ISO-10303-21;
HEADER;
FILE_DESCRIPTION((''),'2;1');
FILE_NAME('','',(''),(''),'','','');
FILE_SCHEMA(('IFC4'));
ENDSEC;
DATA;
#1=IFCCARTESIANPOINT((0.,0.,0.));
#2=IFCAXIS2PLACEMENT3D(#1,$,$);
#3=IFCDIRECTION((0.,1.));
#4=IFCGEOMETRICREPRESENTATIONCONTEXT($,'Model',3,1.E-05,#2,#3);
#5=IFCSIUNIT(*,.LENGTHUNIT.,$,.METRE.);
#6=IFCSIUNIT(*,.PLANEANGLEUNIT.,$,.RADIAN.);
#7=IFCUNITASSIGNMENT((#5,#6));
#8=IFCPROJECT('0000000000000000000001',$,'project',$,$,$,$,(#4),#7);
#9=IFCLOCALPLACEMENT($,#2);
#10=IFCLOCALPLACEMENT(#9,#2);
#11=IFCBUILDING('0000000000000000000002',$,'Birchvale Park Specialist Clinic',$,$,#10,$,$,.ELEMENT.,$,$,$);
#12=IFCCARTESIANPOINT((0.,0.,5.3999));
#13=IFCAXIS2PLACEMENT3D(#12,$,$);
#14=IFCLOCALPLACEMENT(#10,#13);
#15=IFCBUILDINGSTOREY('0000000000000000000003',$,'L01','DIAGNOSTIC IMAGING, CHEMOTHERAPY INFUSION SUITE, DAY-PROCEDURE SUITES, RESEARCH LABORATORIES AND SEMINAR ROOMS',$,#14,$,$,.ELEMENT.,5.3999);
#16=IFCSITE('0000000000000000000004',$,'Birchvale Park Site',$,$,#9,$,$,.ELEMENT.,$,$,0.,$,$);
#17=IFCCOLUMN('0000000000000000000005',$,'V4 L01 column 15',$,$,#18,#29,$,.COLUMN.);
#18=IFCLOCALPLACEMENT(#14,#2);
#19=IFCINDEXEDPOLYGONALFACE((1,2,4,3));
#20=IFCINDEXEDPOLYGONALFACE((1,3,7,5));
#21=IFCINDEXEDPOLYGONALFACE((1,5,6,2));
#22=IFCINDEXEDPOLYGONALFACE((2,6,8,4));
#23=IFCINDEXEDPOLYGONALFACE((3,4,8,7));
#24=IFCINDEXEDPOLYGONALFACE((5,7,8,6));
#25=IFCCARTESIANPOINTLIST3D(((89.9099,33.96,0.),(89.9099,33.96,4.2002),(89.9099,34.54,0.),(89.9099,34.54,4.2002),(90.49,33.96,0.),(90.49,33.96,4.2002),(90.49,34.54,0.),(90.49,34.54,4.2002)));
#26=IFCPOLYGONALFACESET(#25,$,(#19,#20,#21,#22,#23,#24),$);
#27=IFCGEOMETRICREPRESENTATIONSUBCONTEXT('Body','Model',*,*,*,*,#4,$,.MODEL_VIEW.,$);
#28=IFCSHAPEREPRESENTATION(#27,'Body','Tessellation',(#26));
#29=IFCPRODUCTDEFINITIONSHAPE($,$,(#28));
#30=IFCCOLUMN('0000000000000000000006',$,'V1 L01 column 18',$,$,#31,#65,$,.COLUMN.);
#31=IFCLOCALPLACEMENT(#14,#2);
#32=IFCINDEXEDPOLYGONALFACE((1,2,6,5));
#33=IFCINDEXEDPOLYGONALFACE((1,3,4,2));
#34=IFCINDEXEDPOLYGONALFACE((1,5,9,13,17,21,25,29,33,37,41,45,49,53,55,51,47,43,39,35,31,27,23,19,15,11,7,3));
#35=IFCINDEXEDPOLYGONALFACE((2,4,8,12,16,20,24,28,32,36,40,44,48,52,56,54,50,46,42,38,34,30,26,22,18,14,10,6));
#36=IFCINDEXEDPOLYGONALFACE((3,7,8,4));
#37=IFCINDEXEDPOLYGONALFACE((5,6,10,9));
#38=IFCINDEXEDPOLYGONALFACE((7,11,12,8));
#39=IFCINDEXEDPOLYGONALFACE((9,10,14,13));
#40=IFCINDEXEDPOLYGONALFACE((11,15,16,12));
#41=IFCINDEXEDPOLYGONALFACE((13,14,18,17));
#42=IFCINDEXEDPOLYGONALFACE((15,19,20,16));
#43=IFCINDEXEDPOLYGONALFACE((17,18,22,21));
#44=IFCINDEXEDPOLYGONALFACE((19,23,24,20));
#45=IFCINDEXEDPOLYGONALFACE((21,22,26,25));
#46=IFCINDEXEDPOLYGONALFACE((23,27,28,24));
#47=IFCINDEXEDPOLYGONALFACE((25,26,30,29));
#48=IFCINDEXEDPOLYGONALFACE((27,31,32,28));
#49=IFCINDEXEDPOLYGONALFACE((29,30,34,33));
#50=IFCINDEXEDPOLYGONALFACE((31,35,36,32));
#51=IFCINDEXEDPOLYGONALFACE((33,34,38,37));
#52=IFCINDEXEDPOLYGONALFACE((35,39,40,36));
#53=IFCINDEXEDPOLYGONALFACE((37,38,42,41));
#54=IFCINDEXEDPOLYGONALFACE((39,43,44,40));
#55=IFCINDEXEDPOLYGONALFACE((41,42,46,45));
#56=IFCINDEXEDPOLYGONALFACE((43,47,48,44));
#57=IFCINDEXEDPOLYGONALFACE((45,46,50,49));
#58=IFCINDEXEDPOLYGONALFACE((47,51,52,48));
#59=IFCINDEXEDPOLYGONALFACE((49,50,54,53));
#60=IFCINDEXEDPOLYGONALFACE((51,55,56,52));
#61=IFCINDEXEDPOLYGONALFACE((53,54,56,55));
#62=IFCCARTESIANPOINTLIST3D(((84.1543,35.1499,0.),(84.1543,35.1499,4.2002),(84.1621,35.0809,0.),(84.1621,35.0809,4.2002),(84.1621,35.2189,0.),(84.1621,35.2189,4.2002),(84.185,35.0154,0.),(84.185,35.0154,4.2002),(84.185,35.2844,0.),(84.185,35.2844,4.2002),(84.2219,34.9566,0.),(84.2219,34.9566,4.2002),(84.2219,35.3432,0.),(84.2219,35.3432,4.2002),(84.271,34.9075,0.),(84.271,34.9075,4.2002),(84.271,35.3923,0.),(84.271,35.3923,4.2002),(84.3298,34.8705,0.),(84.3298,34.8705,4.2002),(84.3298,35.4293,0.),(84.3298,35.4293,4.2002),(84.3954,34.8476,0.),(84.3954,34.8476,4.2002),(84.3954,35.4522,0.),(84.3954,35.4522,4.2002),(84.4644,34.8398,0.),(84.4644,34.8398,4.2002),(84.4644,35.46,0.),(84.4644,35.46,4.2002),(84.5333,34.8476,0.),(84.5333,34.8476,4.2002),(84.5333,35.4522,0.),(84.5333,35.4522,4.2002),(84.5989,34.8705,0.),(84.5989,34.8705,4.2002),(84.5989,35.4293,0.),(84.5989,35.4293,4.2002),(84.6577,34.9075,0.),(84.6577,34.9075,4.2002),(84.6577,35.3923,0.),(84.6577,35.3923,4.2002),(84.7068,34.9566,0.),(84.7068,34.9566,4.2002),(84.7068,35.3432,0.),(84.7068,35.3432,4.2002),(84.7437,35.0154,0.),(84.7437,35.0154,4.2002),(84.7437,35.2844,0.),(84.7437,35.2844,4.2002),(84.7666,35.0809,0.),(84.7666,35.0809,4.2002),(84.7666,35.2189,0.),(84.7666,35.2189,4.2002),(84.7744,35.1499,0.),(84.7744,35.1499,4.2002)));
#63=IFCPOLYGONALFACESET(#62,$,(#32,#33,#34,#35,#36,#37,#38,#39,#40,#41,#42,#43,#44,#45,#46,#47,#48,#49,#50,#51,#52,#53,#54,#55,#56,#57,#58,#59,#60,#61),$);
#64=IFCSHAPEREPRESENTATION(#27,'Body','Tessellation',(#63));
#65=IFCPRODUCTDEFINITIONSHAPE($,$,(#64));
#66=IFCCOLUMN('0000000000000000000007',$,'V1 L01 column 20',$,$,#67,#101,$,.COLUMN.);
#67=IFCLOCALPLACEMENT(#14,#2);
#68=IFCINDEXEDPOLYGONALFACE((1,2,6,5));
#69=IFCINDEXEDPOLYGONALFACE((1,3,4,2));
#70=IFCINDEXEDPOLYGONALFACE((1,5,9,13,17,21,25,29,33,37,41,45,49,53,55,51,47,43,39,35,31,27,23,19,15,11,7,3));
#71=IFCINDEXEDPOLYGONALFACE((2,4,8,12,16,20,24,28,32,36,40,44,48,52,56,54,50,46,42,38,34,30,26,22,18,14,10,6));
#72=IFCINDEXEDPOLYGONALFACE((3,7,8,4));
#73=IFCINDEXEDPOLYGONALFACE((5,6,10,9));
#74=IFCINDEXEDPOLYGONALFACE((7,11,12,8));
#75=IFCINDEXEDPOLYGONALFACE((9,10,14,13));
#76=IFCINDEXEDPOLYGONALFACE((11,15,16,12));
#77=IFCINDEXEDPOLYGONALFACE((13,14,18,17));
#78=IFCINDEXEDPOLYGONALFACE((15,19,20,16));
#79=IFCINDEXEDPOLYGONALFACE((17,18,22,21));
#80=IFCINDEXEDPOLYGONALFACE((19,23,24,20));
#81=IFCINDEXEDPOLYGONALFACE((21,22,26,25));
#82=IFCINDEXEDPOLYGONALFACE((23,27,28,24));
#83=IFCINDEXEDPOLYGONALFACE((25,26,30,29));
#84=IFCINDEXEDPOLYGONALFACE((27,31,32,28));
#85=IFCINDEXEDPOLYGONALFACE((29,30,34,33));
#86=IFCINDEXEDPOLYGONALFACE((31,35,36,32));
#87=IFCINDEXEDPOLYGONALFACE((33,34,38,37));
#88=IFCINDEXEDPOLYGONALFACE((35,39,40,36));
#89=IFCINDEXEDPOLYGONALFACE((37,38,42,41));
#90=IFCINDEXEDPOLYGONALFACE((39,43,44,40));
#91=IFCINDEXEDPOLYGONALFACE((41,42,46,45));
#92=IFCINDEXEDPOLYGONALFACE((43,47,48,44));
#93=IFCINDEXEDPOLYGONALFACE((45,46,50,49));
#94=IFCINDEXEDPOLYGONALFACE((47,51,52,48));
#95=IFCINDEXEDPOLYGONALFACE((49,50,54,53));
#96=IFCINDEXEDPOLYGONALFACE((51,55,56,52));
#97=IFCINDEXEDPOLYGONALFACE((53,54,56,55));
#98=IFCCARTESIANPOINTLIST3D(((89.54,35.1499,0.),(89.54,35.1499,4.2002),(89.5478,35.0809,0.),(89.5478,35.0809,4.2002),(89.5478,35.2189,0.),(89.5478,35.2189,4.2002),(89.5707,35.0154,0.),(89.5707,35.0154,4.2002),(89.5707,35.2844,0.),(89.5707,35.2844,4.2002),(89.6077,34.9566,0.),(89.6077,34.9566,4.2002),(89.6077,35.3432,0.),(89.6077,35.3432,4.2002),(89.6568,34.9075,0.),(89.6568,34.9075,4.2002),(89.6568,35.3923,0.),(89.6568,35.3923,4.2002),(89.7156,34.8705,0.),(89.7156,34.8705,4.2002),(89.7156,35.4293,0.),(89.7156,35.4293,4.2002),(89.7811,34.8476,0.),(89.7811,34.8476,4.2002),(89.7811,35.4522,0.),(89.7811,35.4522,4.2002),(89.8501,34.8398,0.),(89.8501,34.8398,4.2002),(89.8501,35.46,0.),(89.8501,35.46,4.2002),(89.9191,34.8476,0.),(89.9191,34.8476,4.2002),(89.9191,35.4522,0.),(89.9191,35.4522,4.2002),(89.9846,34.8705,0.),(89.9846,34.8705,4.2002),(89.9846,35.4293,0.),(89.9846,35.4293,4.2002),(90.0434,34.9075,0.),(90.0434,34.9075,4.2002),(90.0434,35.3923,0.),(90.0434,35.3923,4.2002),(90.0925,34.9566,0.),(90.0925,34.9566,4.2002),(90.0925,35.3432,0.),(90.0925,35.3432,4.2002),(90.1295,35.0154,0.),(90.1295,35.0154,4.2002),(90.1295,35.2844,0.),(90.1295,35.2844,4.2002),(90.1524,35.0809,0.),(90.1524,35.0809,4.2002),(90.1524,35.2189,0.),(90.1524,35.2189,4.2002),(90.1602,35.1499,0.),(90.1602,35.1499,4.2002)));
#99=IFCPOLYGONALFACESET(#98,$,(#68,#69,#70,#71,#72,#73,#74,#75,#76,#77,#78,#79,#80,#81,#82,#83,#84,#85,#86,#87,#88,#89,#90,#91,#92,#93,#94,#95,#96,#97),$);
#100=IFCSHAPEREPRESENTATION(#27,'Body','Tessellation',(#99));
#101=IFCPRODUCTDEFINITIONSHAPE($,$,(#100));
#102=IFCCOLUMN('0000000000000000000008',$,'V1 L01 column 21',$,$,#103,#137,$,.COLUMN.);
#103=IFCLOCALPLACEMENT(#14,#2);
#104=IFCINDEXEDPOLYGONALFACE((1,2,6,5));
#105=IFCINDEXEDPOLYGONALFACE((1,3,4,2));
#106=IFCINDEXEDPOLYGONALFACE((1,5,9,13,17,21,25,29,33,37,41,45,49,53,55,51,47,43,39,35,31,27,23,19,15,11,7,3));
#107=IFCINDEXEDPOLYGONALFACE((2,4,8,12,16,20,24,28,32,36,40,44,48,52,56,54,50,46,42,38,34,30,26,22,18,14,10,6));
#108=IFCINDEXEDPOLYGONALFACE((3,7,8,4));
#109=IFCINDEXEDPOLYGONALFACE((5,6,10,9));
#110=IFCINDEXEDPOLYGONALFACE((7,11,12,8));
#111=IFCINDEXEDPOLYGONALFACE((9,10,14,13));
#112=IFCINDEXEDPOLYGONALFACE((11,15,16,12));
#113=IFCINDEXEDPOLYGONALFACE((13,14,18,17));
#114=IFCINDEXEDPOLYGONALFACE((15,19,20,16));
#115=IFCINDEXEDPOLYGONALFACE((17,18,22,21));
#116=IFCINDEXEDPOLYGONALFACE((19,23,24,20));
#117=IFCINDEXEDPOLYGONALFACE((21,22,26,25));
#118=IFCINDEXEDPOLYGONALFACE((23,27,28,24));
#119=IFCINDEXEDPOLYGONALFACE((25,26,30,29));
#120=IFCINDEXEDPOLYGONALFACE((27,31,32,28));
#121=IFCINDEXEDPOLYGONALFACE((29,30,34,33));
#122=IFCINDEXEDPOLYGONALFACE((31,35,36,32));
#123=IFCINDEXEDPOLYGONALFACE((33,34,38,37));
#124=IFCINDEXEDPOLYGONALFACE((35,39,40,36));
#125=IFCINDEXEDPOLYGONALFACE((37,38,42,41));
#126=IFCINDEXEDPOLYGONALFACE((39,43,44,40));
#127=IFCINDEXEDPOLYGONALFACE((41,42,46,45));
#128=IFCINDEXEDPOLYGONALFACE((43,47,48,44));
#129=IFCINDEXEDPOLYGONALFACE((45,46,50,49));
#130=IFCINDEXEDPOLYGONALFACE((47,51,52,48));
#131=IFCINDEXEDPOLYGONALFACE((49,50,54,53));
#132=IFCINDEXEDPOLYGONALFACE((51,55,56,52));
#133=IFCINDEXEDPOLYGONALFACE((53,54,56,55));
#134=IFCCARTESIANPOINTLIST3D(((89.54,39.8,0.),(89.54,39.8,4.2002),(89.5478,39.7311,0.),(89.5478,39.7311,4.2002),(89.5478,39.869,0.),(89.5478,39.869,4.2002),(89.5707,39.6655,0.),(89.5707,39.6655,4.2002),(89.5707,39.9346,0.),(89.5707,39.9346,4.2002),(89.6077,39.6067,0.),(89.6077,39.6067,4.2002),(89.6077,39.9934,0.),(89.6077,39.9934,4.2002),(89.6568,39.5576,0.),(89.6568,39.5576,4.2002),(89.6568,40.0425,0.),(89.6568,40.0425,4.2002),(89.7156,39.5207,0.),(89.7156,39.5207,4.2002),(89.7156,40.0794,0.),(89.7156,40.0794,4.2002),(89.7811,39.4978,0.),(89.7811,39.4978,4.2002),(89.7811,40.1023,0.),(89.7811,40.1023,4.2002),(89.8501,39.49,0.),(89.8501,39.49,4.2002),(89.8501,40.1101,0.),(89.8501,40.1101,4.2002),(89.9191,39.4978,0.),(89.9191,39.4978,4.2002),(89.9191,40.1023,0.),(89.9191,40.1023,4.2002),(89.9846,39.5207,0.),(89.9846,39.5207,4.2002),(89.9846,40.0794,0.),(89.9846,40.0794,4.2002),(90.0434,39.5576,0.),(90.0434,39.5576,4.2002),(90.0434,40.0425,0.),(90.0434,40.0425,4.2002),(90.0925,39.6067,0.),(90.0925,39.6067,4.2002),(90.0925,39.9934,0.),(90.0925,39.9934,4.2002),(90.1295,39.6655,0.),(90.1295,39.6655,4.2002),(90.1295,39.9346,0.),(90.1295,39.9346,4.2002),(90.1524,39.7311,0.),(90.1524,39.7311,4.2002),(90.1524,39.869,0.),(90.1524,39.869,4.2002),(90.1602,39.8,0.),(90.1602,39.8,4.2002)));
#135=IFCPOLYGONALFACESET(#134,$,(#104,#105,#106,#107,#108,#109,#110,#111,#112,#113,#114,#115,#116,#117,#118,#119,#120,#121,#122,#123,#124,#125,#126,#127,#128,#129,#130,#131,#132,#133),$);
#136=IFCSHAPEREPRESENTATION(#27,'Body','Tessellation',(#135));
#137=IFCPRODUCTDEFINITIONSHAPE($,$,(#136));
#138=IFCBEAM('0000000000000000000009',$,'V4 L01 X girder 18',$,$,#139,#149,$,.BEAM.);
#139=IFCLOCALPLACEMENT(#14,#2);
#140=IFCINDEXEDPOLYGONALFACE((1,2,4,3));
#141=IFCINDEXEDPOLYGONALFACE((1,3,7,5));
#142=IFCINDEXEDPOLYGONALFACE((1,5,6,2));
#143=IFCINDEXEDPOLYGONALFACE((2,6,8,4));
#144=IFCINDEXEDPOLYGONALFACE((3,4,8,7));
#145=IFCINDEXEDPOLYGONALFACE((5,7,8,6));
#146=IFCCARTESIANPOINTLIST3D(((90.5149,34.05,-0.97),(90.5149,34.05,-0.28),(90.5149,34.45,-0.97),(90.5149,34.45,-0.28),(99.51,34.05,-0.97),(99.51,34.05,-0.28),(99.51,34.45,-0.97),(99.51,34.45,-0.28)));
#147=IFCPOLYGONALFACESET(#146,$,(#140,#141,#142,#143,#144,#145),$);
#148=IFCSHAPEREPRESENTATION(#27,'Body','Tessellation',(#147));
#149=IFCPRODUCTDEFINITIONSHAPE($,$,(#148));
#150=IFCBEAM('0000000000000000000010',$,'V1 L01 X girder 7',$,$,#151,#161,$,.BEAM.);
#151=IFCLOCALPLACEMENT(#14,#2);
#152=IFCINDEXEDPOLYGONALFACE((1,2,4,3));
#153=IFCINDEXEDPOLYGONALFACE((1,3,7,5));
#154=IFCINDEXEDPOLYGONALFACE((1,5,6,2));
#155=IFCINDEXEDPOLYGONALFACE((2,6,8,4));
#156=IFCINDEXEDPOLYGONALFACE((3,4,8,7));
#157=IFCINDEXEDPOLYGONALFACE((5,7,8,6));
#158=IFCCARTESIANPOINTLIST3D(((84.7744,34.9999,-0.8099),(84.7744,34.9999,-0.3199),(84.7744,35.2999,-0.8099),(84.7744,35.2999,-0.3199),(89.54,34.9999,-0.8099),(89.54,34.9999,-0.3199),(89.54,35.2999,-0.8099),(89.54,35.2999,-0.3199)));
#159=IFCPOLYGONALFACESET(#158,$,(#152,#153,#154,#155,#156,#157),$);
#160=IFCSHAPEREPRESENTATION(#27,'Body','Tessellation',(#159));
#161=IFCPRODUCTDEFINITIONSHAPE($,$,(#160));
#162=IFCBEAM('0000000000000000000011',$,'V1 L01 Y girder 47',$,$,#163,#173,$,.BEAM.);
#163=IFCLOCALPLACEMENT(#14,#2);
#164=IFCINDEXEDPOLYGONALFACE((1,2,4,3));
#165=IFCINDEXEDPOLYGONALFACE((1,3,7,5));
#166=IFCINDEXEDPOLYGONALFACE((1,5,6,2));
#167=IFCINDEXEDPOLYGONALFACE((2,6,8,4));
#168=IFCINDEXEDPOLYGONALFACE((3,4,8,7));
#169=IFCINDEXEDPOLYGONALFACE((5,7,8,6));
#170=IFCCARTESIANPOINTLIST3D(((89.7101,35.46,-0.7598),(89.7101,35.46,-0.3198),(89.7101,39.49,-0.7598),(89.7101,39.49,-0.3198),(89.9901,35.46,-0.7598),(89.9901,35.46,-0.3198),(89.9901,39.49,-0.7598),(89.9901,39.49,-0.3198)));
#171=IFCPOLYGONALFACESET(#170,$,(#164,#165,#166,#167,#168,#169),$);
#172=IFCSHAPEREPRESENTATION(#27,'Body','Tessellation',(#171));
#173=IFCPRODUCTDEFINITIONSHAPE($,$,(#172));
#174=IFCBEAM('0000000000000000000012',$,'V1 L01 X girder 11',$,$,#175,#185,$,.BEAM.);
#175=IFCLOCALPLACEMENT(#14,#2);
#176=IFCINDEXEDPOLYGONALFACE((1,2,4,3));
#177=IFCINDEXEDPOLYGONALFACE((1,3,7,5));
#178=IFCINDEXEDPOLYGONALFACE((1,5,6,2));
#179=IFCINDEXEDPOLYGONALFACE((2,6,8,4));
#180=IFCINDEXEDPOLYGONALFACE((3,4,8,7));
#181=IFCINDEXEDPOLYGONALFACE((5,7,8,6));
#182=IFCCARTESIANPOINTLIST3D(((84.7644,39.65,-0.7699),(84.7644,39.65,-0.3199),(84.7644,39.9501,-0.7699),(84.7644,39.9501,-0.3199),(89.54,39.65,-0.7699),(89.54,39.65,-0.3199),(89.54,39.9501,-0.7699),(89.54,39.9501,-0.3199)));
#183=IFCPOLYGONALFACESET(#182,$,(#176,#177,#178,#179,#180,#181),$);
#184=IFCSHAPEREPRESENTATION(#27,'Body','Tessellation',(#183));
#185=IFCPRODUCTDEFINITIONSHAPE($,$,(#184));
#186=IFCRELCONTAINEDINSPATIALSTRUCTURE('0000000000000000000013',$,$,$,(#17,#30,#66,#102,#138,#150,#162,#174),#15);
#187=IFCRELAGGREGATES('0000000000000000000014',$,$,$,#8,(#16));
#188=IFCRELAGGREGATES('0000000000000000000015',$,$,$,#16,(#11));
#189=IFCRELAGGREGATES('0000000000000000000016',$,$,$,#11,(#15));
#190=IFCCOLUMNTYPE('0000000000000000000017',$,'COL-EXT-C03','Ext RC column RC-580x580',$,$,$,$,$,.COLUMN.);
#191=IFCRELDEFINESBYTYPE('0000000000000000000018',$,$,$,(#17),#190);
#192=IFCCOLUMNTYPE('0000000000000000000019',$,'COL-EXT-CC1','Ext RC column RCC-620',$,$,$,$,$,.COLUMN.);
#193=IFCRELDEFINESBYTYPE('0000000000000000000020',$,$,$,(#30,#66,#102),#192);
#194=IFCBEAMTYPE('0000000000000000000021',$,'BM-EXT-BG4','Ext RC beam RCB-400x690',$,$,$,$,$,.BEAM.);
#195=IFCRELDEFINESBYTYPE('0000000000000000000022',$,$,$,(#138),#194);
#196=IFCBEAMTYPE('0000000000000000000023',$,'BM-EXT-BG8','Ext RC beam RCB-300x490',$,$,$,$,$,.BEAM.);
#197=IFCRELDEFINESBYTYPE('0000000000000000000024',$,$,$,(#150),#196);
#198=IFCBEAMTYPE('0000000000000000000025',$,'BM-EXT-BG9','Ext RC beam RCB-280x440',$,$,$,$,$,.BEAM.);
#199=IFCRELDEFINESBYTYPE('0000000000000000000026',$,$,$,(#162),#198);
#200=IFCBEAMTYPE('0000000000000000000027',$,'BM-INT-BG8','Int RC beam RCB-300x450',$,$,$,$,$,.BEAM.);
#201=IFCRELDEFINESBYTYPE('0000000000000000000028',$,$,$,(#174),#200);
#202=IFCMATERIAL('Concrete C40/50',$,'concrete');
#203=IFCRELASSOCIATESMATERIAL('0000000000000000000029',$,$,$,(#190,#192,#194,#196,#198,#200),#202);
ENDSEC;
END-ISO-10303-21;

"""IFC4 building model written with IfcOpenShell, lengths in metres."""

from ifc_helpers import new_model, si_unit, direction, frame, origin, origin_2d, place, context, subcontext, project, spatial, rectangle, circle, extrude, material, material_profile, profile_set, type_object, element, save


model = new_model("IFC4")

# Units and contexts
model_context = context("Model", 3, precision=1e-05, world=origin(), true_north=direction((0.0, 1.0)))
body_context = subcontext(model_context, "Body", "Model", "MODEL_VIEW")
ifc_project = project(units=[si_unit("LENGTHUNIT", "METRE"), si_unit("PLANEANGLEUNIT", "RADIAN")], contexts=[model_context])

# Site, building, storey
site_placement = place(None, origin())
site = spatial("IfcSite", under=ifc_project, at=site_placement, Name="Birchvale Park Site", CompositionType="ELEMENT", RefElevation=0.0)
building_placement = place(site_placement, origin())
building = spatial("IfcBuilding", under=site, at=building_placement, Name="Birchvale Park Specialist Clinic", CompositionType="ELEMENT")
storey_placement = place(building_placement, frame((0.0, 0.0, 5.3999)))
storey = spatial("IfcBuildingStorey", under=building, at=storey_placement, Name="L01", Description="DIAGNOSTIC IMAGING, CHEMOTHERAPY INFUSION SUITE, DAY-PROCEDURE SUITES, RESEARCH LABORATORIES AND SEMINAR ROOMS", CompositionType="ELEMENT", Elevation=5.3999)

# Columns
ifc_material_1 = material(Name="Concrete C40/50", Category="concrete")
ifc_material_profile_1 = material_profile(ifc_material_1, rectangle(XDim=0.5801, YDim=0.5801, at=origin_2d()), Name="RC-580x580")
ifc_profile_set_1 = profile_set([ifc_material_profile_1], Name="Concrete C40/50")
column_type_1 = type_object("IfcColumnType", Name="COL-EXT-C03", Description="Ext RC column RC-580x580", PredefinedType="COLUMN", material=ifc_profile_set_1)
column_placement = place(storey_placement, frame((90.2, 34.25, 0.0), z_axis=(0.0, 0.0, 1.0), x_axis=(1.0, 0.0, 0.0)))
element("IfcColumn", 1, at=column_placement, inside=storey, type_object=column_type_1, Name="V4 L01 column 15", PredefinedType="COLUMN", context=body_context, shape_type="SweptSolid", body=[
    extrude(rectangle(XDim=0.5801, YDim=0.5801, at=origin_2d()), origin(), (0.0, 0.0, 1.0), 4.2002),
])
ifc_material_profile_2 = material_profile(ifc_material_1, circle(Radius=0.3101, at=origin_2d()), Name="RCC-620")
ifc_profile_set_2 = profile_set([ifc_material_profile_2], Name="Concrete C40/50")
column_type_2 = type_object("IfcColumnType", Name="COL-EXT-CC1", Description="Ext RC column RCC-620", PredefinedType="COLUMN", material=ifc_profile_set_2)
for number, where, z_axis, x_axis, name in (
    (2, (84.4644, 35.1499, 0.0), (0.0, 0.0, 1.0), (1.0, 0.0, 0.0), "V1 L01 column 18"),
    (3, (89.8501, 35.1499, 0.0), (0.0, 0.0, 1.0), (1.0, 0.0, 0.0), "V1 L01 column 20"),
    (4, (89.8501, 39.8, 0.0), (0.0, 0.0, 1.0), (1.0, 0.0, 0.0), "V1 L01 column 21"),
):
    element("IfcColumn", number, at=place(storey_placement, frame(where, z_axis=z_axis, x_axis=x_axis)), inside=storey, type_object=column_type_2, Name=name, PredefinedType="COLUMN", context=body_context, shape_type="SweptSolid", body=[
        extrude(circle(Radius=0.3101, at=origin_2d()), origin(), (0.0, 0.0, 1.0), 4.2002),
    ])

# Beams
ifc_material_profile_3 = material_profile(ifc_material_1, rectangle(XDim=0.3999, YDim=0.6899, at=origin_2d()), Name="RCB-400x690")
ifc_profile_set_3 = profile_set([ifc_material_profile_3], Name="Concrete C40/50")
beam_type_1 = type_object("IfcBeamType", Name="BM-EXT-BG4", Description="Ext RC beam RCB-400x690", PredefinedType="BEAM", material=ifc_profile_set_3)
beam_1_placement = place(storey_placement, frame((90.5149, 34.25, -0.625), z_axis=(1.0, 0.0, 0.0), x_axis=(0.0, 1.0, 0.0)))
element("IfcBeam", 5, at=beam_1_placement, inside=storey, type_object=beam_type_1, Name="V4 L01 X girder 18", PredefinedType="BEAM", context=body_context, shape_type="SweptSolid", body=[
    extrude(rectangle(XDim=0.3999, YDim=0.6899, at=origin_2d()), origin(), (0.0, 0.0, 1.0), 8.9951),
])
ifc_material_profile_4 = material_profile(ifc_material_1, rectangle(XDim=0.3, YDim=0.49, at=origin_2d()), Name="RCB-300x490")
ifc_profile_set_4 = profile_set([ifc_material_profile_4], Name="Concrete C40/50")
beam_type_2 = type_object("IfcBeamType", Name="BM-EXT-BG8", Description="Ext RC beam RCB-300x490", PredefinedType="BEAM", material=ifc_profile_set_4)
beam_2_placement = place(storey_placement, frame((84.7744, 35.1499, -0.5649), z_axis=(1.0, 0.0, 0.0), x_axis=(0.0, 1.0, 0.0)))
element("IfcBeam", 6, at=beam_2_placement, inside=storey, type_object=beam_type_2, Name="V1 L01 X girder 7", PredefinedType="BEAM", context=body_context, shape_type="SweptSolid", body=[
    extrude(rectangle(XDim=0.3, YDim=0.49, at=origin_2d()), origin(), (0.0, 0.0, 1.0), 4.7656),
])
ifc_material_profile_5 = material_profile(ifc_material_1, rectangle(XDim=0.28, YDim=0.4399, at=origin_2d()), Name="RCB-280x440")
ifc_profile_set_5 = profile_set([ifc_material_profile_5], Name="Concrete C40/50")
beam_type_3 = type_object("IfcBeamType", Name="BM-EXT-BG9", Description="Ext RC beam RCB-280x440", PredefinedType="BEAM", material=ifc_profile_set_5)
beam_3_placement = place(storey_placement, frame((89.8501, 35.46, -0.5398), z_axis=(0.0, 1.0, 0.0), x_axis=(-1.0, 0.0, 0.0)))
element("IfcBeam", 7, at=beam_3_placement, inside=storey, type_object=beam_type_3, Name="V1 L01 Y girder 47", PredefinedType="BEAM", context=body_context, shape_type="SweptSolid", body=[
    extrude(rectangle(XDim=0.28, YDim=0.4399, at=origin_2d()), origin(), (0.0, 0.0, 1.0), 4.03),
])
ifc_material_profile_6 = material_profile(ifc_material_1, rectangle(XDim=0.3, YDim=0.45, at=origin_2d()), Name="RCB-300x450")
ifc_profile_set_6 = profile_set([ifc_material_profile_6], Name="Concrete C40/50")
beam_type_4 = type_object("IfcBeamType", Name="BM-INT-BG8", Description="Int RC beam RCB-300x450", PredefinedType="BEAM", material=ifc_profile_set_6)
beam_4_placement = place(storey_placement, frame((84.7644, 39.8, -0.5449), z_axis=(1.0, 0.0, 0.0), x_axis=(0.0, 1.0, 0.0)))
element("IfcBeam", 8, at=beam_4_placement, inside=storey, type_object=beam_type_4, Name="V1 L01 X girder 11", PredefinedType="BEAM", context=body_context, shape_type="SweptSolid", body=[
    extrude(rectangle(XDim=0.3, YDim=0.45, at=origin_2d()), origin(), (0.0, 0.0, 1.0), 4.7756),
])

save(model, "model.ifc")
